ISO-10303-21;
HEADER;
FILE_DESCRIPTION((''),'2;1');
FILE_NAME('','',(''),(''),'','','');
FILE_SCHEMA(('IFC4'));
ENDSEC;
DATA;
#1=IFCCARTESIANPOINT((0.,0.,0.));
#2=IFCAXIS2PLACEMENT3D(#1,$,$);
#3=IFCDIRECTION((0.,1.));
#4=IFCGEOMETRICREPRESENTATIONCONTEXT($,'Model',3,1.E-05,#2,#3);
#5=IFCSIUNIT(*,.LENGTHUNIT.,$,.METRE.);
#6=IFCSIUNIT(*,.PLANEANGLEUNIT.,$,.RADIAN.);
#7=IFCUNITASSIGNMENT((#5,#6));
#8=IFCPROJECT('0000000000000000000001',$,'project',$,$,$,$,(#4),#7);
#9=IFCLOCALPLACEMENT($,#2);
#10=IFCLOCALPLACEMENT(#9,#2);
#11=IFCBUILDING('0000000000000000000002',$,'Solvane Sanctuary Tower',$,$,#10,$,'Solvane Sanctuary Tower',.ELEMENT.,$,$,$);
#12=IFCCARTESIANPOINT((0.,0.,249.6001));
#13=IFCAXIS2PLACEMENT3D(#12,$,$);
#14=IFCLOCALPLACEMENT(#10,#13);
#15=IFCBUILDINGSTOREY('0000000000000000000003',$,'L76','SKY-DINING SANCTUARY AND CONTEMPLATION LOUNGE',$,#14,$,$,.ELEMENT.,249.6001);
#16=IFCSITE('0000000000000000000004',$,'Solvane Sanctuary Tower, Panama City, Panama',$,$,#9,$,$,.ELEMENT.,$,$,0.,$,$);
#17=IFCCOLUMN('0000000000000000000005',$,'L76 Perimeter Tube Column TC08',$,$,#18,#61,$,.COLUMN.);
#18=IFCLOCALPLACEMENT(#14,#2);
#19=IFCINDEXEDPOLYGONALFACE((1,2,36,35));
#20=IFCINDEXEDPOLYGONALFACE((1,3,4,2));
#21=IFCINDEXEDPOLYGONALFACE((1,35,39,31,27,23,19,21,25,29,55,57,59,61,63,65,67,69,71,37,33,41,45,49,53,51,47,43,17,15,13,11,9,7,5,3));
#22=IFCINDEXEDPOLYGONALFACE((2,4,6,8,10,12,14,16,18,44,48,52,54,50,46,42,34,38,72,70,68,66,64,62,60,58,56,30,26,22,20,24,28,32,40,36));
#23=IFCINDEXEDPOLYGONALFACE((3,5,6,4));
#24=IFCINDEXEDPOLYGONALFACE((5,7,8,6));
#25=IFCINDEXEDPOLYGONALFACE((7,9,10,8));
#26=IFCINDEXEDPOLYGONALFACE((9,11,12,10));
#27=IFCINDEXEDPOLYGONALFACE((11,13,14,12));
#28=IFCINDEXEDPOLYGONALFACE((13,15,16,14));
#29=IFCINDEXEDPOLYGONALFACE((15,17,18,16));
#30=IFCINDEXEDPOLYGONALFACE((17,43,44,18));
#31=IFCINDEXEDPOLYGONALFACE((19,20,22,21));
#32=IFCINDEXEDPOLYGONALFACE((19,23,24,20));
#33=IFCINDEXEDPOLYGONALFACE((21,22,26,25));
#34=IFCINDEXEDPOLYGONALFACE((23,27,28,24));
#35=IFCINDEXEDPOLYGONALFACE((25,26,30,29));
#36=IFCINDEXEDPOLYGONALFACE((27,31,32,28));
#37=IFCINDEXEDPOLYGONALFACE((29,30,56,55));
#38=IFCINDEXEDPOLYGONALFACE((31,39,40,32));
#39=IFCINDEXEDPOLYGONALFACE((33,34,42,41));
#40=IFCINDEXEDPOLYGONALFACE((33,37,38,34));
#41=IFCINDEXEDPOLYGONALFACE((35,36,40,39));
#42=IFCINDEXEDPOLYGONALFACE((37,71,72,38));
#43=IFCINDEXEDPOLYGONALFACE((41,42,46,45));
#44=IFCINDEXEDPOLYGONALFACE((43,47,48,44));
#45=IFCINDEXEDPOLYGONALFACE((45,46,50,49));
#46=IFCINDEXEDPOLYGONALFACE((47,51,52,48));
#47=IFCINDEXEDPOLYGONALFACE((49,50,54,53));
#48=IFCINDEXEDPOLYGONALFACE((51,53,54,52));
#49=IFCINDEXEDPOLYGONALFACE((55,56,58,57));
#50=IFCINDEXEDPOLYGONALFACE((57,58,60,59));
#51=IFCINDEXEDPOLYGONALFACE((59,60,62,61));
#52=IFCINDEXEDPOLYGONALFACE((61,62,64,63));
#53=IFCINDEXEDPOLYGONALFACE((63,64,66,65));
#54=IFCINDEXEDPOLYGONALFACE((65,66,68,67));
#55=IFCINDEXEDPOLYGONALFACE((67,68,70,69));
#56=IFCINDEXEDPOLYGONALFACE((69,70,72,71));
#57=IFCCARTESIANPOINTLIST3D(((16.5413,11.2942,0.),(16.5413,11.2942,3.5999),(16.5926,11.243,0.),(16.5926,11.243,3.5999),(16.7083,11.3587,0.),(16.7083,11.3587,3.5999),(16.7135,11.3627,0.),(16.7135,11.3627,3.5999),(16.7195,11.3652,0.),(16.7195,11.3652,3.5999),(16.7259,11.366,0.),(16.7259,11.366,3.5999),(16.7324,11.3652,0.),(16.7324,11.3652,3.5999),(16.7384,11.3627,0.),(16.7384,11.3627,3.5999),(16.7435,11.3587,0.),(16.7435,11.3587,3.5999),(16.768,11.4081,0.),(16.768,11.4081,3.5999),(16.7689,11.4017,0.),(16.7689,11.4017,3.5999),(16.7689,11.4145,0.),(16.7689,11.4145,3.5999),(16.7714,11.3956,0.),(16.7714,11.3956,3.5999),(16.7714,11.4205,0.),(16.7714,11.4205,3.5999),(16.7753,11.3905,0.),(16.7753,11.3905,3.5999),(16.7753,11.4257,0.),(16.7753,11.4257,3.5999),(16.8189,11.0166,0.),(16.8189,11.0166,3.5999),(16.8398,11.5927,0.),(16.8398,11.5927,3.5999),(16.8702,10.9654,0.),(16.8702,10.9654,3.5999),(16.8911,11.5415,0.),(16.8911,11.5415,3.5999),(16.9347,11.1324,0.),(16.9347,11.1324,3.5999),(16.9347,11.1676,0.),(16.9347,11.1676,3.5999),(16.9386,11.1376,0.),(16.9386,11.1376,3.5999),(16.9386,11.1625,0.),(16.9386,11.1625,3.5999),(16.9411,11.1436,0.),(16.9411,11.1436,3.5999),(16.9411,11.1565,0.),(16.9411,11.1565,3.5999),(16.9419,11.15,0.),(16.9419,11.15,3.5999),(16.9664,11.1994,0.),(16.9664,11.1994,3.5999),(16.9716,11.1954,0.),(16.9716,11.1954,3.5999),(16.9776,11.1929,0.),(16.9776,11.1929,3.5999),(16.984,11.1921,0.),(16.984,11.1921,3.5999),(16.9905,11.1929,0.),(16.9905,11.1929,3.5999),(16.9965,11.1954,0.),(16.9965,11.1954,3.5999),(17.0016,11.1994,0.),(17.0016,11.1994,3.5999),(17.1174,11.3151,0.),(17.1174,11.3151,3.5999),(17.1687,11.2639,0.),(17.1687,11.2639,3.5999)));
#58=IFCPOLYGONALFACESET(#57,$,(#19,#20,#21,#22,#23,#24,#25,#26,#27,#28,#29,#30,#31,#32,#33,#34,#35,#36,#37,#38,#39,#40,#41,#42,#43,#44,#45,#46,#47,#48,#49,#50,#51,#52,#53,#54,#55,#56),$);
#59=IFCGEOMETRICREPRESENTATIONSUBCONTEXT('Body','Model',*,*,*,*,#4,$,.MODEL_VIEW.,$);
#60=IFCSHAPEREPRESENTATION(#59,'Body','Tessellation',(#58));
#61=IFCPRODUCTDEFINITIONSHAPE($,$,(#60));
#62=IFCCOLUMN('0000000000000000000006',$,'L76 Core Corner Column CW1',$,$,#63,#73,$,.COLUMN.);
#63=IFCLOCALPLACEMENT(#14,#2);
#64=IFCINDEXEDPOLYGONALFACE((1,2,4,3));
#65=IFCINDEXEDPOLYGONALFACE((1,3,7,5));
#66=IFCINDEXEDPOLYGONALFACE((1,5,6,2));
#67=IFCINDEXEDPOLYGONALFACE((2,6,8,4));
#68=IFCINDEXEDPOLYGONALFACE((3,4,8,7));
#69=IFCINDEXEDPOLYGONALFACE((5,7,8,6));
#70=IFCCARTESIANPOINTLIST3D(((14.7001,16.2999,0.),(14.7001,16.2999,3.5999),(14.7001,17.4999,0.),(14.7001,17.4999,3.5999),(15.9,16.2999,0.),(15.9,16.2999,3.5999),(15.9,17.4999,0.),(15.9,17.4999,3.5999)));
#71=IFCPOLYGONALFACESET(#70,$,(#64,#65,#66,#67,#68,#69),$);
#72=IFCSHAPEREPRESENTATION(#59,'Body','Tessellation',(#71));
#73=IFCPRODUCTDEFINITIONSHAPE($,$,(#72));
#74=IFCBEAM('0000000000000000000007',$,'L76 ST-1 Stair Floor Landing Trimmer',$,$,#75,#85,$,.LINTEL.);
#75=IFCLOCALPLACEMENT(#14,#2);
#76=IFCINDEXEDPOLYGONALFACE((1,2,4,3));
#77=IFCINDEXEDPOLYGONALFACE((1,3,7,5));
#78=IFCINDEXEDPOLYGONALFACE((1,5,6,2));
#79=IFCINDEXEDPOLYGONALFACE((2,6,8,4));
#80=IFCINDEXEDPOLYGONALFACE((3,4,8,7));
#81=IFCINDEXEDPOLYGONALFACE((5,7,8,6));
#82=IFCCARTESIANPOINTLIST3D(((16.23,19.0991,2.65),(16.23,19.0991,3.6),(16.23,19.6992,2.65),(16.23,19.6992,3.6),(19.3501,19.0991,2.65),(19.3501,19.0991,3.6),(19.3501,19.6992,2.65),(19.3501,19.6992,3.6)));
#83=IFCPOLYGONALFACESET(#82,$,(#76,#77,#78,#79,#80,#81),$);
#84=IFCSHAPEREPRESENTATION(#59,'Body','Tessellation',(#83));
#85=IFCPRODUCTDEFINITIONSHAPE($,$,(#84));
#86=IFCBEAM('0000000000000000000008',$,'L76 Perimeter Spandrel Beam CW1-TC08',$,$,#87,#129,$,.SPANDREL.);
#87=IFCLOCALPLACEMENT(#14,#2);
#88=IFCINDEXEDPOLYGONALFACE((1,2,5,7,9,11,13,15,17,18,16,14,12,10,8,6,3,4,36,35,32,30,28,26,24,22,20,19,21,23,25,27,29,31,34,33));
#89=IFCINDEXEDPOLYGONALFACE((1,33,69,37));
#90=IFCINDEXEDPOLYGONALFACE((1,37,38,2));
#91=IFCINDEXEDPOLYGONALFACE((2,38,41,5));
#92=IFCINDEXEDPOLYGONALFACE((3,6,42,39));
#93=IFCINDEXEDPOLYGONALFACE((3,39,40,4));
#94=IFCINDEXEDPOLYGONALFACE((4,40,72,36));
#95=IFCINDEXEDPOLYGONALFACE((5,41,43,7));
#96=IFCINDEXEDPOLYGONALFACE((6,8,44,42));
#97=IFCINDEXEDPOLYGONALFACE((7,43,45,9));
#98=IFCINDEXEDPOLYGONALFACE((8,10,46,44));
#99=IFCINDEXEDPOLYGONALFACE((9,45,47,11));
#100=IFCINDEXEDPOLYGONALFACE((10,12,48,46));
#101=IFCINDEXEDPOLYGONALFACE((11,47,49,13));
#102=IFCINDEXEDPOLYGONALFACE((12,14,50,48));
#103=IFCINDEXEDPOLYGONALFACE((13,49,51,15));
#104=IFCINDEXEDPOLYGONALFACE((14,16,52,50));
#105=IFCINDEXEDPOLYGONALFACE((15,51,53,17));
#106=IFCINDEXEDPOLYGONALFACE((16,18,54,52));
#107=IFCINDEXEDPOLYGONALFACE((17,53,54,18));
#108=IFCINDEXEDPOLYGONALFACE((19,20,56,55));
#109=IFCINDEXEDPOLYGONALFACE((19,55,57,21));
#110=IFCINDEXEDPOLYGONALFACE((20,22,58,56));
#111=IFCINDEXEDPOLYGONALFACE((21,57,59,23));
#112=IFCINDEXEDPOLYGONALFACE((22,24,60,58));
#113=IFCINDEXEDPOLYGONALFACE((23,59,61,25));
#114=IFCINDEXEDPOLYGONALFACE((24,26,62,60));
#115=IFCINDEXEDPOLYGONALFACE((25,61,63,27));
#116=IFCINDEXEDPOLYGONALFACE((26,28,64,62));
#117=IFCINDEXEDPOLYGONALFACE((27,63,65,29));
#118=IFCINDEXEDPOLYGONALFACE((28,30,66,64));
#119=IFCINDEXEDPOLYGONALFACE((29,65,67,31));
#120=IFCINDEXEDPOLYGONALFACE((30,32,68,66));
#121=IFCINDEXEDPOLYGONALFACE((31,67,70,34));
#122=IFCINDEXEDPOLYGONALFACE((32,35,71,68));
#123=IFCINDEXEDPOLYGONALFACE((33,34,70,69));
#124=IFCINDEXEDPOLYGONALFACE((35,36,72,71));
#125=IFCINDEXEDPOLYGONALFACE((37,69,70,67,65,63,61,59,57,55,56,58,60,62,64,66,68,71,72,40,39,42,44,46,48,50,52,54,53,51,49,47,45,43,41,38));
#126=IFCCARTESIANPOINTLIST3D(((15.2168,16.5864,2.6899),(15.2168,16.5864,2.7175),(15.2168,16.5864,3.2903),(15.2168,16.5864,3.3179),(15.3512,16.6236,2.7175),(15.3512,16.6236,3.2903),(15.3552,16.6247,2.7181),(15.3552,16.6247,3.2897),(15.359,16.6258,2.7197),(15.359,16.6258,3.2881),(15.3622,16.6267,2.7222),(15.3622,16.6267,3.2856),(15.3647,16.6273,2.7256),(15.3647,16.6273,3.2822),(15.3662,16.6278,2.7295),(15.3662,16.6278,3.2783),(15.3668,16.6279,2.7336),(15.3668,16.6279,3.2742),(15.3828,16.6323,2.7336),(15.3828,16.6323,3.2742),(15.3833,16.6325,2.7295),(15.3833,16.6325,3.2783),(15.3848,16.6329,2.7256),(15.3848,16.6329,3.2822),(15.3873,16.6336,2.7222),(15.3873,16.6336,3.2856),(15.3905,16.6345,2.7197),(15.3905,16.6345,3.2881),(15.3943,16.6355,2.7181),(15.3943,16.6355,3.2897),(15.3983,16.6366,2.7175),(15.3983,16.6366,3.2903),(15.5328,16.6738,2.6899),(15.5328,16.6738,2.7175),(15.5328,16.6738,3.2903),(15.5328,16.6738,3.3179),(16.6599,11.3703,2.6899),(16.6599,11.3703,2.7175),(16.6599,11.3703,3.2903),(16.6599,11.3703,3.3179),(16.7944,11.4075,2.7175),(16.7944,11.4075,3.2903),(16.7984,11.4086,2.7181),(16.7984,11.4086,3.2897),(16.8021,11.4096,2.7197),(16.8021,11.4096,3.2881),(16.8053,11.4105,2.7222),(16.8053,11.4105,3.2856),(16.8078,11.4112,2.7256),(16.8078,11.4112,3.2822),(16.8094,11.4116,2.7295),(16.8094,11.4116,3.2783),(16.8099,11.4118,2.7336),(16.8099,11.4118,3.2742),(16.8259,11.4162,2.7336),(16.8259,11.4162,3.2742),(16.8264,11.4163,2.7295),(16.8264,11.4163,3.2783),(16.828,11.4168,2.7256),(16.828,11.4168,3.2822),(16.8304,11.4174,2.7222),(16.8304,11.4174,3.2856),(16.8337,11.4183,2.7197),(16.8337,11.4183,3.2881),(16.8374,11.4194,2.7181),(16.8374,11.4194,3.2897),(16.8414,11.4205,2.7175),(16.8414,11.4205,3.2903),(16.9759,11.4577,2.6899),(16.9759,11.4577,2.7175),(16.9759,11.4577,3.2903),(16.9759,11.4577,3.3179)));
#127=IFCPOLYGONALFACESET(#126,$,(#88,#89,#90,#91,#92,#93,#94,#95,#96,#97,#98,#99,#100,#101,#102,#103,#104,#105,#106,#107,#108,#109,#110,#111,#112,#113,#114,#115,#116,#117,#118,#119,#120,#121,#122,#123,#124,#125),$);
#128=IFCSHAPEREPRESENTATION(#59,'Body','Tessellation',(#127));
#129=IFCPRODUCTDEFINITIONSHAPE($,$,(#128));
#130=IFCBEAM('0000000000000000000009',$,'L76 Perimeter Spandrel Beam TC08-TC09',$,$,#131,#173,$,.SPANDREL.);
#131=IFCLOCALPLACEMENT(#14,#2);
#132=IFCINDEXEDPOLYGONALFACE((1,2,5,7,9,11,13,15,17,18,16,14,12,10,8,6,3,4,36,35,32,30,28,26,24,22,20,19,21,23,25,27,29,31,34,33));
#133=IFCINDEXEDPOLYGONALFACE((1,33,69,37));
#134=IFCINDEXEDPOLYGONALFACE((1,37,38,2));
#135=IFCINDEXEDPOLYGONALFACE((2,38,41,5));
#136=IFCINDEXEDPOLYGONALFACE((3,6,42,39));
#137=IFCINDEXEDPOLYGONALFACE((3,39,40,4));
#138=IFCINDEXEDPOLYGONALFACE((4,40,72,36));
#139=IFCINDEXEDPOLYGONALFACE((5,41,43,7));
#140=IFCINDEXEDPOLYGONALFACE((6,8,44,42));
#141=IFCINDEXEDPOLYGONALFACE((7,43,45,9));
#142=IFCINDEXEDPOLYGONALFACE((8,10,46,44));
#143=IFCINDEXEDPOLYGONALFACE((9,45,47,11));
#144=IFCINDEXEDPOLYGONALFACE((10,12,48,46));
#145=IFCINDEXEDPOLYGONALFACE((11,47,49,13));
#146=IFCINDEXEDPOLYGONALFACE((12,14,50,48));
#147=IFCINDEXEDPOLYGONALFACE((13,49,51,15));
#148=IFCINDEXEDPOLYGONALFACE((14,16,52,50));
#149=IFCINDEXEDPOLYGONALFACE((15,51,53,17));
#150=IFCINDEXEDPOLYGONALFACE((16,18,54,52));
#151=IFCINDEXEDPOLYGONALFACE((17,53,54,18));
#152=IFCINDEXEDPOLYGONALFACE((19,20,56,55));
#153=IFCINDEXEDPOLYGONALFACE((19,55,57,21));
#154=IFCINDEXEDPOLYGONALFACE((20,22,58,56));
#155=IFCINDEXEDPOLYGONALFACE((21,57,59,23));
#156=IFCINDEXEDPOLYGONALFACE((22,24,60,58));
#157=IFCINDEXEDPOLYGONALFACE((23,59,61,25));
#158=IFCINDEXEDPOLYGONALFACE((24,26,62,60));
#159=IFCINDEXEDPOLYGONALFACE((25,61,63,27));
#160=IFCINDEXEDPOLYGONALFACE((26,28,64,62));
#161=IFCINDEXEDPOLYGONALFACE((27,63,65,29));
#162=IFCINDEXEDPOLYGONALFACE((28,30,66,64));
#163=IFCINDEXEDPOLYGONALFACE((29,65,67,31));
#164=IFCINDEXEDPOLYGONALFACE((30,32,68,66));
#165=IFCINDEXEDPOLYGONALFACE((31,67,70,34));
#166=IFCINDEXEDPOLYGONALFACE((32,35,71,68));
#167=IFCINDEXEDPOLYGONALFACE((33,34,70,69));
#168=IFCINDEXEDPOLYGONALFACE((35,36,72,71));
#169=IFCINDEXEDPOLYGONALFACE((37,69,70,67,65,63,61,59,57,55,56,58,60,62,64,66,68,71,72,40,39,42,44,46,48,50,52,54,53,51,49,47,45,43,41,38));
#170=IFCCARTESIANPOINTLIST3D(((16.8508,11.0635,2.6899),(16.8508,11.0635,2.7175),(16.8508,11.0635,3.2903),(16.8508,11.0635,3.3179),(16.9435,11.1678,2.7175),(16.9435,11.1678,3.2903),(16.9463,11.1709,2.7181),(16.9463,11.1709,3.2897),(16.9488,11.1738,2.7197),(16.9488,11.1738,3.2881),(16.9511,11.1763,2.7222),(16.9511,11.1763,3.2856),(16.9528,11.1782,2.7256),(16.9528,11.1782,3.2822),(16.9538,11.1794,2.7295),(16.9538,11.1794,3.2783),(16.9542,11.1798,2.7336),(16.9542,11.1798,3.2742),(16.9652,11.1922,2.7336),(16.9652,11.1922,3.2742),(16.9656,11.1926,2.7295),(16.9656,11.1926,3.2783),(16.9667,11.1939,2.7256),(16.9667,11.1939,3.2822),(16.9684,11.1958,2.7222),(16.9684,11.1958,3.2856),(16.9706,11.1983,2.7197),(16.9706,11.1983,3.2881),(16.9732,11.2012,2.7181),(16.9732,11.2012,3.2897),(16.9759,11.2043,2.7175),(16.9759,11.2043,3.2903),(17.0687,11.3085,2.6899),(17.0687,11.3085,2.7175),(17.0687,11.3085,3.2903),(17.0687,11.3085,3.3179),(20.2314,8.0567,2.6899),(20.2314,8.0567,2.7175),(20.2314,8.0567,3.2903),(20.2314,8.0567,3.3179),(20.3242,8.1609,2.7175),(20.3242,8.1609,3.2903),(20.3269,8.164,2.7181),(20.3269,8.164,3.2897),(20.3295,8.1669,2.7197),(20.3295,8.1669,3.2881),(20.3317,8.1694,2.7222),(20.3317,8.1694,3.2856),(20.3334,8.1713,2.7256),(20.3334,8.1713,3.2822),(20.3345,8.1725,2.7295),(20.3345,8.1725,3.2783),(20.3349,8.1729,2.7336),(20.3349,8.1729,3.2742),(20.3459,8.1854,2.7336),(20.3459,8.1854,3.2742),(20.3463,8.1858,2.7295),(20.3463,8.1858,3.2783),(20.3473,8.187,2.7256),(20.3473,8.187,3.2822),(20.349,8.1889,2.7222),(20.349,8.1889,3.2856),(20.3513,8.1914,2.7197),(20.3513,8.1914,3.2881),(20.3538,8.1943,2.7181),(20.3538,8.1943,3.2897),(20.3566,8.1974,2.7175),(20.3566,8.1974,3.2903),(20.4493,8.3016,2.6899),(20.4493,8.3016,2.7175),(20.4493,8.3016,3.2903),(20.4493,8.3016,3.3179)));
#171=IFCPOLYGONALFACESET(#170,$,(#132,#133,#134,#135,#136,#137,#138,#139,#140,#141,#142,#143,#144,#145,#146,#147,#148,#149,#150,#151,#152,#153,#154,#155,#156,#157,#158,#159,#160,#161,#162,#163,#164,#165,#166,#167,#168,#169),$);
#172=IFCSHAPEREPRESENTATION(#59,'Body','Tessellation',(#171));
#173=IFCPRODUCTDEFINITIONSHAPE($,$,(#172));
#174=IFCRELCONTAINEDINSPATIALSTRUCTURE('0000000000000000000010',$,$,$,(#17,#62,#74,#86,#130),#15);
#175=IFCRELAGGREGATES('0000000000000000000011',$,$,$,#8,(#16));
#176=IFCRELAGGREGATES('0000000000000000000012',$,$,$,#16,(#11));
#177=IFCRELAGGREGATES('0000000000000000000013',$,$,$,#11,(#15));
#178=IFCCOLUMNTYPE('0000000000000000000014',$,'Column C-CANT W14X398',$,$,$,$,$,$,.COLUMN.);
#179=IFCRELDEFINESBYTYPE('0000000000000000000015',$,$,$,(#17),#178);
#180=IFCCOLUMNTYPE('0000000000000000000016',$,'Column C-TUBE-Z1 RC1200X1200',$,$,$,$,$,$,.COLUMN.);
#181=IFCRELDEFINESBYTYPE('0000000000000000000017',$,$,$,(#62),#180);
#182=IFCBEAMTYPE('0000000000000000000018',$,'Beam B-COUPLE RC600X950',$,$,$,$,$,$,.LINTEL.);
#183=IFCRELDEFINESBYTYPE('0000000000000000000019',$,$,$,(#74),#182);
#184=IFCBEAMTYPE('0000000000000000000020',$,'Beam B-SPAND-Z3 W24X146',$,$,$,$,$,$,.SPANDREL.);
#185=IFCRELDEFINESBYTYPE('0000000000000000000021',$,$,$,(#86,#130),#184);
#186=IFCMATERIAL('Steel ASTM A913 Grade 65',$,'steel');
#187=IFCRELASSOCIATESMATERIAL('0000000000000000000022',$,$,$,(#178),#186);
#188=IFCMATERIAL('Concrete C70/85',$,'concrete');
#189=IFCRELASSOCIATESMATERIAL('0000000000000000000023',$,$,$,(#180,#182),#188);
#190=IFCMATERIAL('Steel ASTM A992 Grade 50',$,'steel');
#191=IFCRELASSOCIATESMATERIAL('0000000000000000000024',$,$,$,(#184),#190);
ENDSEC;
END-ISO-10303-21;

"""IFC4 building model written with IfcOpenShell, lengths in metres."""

from ifc_helpers import new_model, si_unit, direction, frame, origin, origin_2d, place, context, subcontext, project, spatial, rectangle, i_section, extrude, material, material_profile, profile_set, type_object, element, save


model = new_model("IFC4")

# Units and contexts
model_context = context("Model", 3, precision=1e-05, world=origin(), true_north=direction((0.0, 1.0)))
body_context = subcontext(model_context, "Body", "Model", "MODEL_VIEW")
ifc_project = project(units=[si_unit("LENGTHUNIT", "METRE"), si_unit("PLANEANGLEUNIT", "RADIAN")], contexts=[model_context])

# Site, building, storey
site_placement = place(None, origin())
site = spatial("IfcSite", under=ifc_project, at=site_placement, Name="Solvane Sanctuary Tower, Panama City, Panama", CompositionType="ELEMENT", RefElevation=0.0)
building_placement = place(site_placement, origin())
building = spatial("IfcBuilding", under=site, at=building_placement, Name="Solvane Sanctuary Tower", LongName="Solvane Sanctuary Tower", CompositionType="ELEMENT")
storey_placement = place(building_placement, frame((0.0, 0.0, 249.6001)))
storey = spatial("IfcBuildingStorey", under=building, at=storey_placement, Name="L76", Description="SKY-DINING SANCTUARY AND CONTEMPLATION LOUNGE", CompositionType="ELEMENT", Elevation=249.6001)

# Columns
ifc_material_1 = material(Name="Steel ASTM A913 Grade 65", Category="steel")
ifc_material_profile_1 = material_profile(ifc_material_1, i_section(OverallWidth=0.4221, OverallDepth=0.4651, WebThickness=0.0449, FlangeThickness=0.0725, FilletRadius=0.0249, at=origin_2d()), Name="W14X398")
ifc_profile_set_1 = profile_set([ifc_material_profile_1], Name="Steel ASTM A913 Grade 65")
column_type_1 = type_object("IfcColumnType", Name="Column C-CANT W14X398", PredefinedType="COLUMN", material=ifc_profile_set_1)
column_1_placement = place(storey_placement, frame((16.855, 11.2791, 0.0), z_axis=(0.0, 0.0, 1.0), x_axis=(-0.707107, -0.707107, 0.0)))
element("IfcColumn", 1, at=column_1_placement, inside=storey, type_object=column_type_1, Name="L76 Perimeter Tube Column TC08", PredefinedType="COLUMN", context=body_context, shape_type="SweptSolid", body=[
    extrude(i_section(OverallWidth=0.4221, OverallDepth=0.4651, WebThickness=0.0449, FlangeThickness=0.0725, FilletRadius=0.0249, at=origin_2d()), origin(), (0.0, 0.0, 1.0), 3.5999),
])
ifc_material_2 = material(Name="Concrete C70/85", Category="concrete")
ifc_material_profile_2 = material_profile(ifc_material_2, rectangle(XDim=1.2, YDim=1.2, at=origin_2d()), Name="RC1200X1200")
ifc_profile_set_2 = profile_set([ifc_material_profile_2], Name="Concrete C70/85")
column_type_2 = type_object("IfcColumnType", Name="Column C-TUBE-Z1 RC1200X1200", PredefinedType="COLUMN", material=ifc_profile_set_2)
column_2_placement = place(storey_placement, frame((15.3, 16.8999, 0.0), z_axis=(0.0, 0.0, 1.0), x_axis=(1.0, 0.0, 0.0)))
element("IfcColumn", 2, at=column_2_placement, inside=storey, type_object=column_type_2, Name="L76 Core Corner Column CW1", PredefinedType="COLUMN", context=body_context, shape_type="SweptSolid", body=[
    extrude(rectangle(XDim=1.2, YDim=1.2, at=origin_2d()), origin(), (0.0, 0.0, 1.0), 3.5999),
])

# Beams
ifc_material_profile_3 = material_profile(ifc_material_2, rectangle(XDim=0.6001, YDim=0.95, at=origin_2d()), Name="RC600X950")
ifc_profile_set_3 = profile_set([ifc_material_profile_3], Name="Concrete C70/85")
beam_type_1 = type_object("IfcBeamType", Name="Beam B-COUPLE RC600X950", PredefinedType="LINTEL", material=ifc_profile_set_3)
beam_1_placement = place(storey_placement, frame((16.23, 19.3992, 3.125), z_axis=(1.0, 0.0, 0.0), x_axis=(0.0, 1.0, 0.0)))
element("IfcBeam", 3, at=beam_1_placement, inside=storey, type_object=beam_type_1, Name="L76 ST-1 Stair Floor Landing Trimmer", PredefinedType="LINTEL", context=body_context, shape_type="SweptSolid", body=[
    extrude(rectangle(XDim=0.6001, YDim=0.95, at=origin_2d()), origin(), (0.0, 0.0, 1.0), 3.1201),
])
ifc_material_3 = material(Name="Steel ASTM A992 Grade 50", Category="steel")
ifc_material_profile_4 = material_profile(ifc_material_3, i_section(OverallWidth=0.3279, OverallDepth=0.6279, WebThickness=0.0166, FlangeThickness=0.0276, FilletRadius=0.0161, at=origin_2d()), Name="W24X146")
ifc_profile_set_4 = profile_set([ifc_material_profile_4], Name="Steel ASTM A992 Grade 50")
beam_type_2 = type_object("IfcBeamType", Name="Beam B-SPAND-Z3 W24X146", PredefinedType="SPANDREL", material=ifc_profile_set_4)
beam_2_placement = place(storey_placement, frame((15.3748, 16.6301, 3.0039), z_axis=(0.26665, -0.963793, 0.0), x_axis=(0.963793, 0.26665, 0.0)))
element("IfcBeam", 4, at=beam_2_placement, inside=storey, type_object=beam_type_2, Name="L76 Perimeter Spandrel Beam CW1-TC08", PredefinedType="SPANDREL", context=body_context, shape_type="SweptSolid", body=[
    extrude(i_section(OverallWidth=0.3279, OverallDepth=0.6279, WebThickness=0.0166, FlangeThickness=0.0276, FilletRadius=0.0161, at=origin_2d()), origin(), (0.0, 0.0, 1.0), 5.4121),
])
beam_3_placement = place(storey_placement, frame((16.9597, 11.186, 3.0039), z_axis=(0.747207, -0.664592, 0.0), x_axis=(0.664592, 0.747207, 0.0)))
element("IfcBeam", 5, at=beam_3_placement, inside=storey, type_object=beam_type_2, Name="L76 Perimeter Spandrel Beam TC08-TC09", PredefinedType="SPANDREL", context=body_context, shape_type="SweptSolid", body=[
    extrude(i_section(OverallWidth=0.3279, OverallDepth=0.6279, WebThickness=0.0166, FlangeThickness=0.0276, FilletRadius=0.0161, at=origin_2d()), origin(), (0.0, 0.0, 1.0), 4.5244),
])

save(model, "model.ifc")
